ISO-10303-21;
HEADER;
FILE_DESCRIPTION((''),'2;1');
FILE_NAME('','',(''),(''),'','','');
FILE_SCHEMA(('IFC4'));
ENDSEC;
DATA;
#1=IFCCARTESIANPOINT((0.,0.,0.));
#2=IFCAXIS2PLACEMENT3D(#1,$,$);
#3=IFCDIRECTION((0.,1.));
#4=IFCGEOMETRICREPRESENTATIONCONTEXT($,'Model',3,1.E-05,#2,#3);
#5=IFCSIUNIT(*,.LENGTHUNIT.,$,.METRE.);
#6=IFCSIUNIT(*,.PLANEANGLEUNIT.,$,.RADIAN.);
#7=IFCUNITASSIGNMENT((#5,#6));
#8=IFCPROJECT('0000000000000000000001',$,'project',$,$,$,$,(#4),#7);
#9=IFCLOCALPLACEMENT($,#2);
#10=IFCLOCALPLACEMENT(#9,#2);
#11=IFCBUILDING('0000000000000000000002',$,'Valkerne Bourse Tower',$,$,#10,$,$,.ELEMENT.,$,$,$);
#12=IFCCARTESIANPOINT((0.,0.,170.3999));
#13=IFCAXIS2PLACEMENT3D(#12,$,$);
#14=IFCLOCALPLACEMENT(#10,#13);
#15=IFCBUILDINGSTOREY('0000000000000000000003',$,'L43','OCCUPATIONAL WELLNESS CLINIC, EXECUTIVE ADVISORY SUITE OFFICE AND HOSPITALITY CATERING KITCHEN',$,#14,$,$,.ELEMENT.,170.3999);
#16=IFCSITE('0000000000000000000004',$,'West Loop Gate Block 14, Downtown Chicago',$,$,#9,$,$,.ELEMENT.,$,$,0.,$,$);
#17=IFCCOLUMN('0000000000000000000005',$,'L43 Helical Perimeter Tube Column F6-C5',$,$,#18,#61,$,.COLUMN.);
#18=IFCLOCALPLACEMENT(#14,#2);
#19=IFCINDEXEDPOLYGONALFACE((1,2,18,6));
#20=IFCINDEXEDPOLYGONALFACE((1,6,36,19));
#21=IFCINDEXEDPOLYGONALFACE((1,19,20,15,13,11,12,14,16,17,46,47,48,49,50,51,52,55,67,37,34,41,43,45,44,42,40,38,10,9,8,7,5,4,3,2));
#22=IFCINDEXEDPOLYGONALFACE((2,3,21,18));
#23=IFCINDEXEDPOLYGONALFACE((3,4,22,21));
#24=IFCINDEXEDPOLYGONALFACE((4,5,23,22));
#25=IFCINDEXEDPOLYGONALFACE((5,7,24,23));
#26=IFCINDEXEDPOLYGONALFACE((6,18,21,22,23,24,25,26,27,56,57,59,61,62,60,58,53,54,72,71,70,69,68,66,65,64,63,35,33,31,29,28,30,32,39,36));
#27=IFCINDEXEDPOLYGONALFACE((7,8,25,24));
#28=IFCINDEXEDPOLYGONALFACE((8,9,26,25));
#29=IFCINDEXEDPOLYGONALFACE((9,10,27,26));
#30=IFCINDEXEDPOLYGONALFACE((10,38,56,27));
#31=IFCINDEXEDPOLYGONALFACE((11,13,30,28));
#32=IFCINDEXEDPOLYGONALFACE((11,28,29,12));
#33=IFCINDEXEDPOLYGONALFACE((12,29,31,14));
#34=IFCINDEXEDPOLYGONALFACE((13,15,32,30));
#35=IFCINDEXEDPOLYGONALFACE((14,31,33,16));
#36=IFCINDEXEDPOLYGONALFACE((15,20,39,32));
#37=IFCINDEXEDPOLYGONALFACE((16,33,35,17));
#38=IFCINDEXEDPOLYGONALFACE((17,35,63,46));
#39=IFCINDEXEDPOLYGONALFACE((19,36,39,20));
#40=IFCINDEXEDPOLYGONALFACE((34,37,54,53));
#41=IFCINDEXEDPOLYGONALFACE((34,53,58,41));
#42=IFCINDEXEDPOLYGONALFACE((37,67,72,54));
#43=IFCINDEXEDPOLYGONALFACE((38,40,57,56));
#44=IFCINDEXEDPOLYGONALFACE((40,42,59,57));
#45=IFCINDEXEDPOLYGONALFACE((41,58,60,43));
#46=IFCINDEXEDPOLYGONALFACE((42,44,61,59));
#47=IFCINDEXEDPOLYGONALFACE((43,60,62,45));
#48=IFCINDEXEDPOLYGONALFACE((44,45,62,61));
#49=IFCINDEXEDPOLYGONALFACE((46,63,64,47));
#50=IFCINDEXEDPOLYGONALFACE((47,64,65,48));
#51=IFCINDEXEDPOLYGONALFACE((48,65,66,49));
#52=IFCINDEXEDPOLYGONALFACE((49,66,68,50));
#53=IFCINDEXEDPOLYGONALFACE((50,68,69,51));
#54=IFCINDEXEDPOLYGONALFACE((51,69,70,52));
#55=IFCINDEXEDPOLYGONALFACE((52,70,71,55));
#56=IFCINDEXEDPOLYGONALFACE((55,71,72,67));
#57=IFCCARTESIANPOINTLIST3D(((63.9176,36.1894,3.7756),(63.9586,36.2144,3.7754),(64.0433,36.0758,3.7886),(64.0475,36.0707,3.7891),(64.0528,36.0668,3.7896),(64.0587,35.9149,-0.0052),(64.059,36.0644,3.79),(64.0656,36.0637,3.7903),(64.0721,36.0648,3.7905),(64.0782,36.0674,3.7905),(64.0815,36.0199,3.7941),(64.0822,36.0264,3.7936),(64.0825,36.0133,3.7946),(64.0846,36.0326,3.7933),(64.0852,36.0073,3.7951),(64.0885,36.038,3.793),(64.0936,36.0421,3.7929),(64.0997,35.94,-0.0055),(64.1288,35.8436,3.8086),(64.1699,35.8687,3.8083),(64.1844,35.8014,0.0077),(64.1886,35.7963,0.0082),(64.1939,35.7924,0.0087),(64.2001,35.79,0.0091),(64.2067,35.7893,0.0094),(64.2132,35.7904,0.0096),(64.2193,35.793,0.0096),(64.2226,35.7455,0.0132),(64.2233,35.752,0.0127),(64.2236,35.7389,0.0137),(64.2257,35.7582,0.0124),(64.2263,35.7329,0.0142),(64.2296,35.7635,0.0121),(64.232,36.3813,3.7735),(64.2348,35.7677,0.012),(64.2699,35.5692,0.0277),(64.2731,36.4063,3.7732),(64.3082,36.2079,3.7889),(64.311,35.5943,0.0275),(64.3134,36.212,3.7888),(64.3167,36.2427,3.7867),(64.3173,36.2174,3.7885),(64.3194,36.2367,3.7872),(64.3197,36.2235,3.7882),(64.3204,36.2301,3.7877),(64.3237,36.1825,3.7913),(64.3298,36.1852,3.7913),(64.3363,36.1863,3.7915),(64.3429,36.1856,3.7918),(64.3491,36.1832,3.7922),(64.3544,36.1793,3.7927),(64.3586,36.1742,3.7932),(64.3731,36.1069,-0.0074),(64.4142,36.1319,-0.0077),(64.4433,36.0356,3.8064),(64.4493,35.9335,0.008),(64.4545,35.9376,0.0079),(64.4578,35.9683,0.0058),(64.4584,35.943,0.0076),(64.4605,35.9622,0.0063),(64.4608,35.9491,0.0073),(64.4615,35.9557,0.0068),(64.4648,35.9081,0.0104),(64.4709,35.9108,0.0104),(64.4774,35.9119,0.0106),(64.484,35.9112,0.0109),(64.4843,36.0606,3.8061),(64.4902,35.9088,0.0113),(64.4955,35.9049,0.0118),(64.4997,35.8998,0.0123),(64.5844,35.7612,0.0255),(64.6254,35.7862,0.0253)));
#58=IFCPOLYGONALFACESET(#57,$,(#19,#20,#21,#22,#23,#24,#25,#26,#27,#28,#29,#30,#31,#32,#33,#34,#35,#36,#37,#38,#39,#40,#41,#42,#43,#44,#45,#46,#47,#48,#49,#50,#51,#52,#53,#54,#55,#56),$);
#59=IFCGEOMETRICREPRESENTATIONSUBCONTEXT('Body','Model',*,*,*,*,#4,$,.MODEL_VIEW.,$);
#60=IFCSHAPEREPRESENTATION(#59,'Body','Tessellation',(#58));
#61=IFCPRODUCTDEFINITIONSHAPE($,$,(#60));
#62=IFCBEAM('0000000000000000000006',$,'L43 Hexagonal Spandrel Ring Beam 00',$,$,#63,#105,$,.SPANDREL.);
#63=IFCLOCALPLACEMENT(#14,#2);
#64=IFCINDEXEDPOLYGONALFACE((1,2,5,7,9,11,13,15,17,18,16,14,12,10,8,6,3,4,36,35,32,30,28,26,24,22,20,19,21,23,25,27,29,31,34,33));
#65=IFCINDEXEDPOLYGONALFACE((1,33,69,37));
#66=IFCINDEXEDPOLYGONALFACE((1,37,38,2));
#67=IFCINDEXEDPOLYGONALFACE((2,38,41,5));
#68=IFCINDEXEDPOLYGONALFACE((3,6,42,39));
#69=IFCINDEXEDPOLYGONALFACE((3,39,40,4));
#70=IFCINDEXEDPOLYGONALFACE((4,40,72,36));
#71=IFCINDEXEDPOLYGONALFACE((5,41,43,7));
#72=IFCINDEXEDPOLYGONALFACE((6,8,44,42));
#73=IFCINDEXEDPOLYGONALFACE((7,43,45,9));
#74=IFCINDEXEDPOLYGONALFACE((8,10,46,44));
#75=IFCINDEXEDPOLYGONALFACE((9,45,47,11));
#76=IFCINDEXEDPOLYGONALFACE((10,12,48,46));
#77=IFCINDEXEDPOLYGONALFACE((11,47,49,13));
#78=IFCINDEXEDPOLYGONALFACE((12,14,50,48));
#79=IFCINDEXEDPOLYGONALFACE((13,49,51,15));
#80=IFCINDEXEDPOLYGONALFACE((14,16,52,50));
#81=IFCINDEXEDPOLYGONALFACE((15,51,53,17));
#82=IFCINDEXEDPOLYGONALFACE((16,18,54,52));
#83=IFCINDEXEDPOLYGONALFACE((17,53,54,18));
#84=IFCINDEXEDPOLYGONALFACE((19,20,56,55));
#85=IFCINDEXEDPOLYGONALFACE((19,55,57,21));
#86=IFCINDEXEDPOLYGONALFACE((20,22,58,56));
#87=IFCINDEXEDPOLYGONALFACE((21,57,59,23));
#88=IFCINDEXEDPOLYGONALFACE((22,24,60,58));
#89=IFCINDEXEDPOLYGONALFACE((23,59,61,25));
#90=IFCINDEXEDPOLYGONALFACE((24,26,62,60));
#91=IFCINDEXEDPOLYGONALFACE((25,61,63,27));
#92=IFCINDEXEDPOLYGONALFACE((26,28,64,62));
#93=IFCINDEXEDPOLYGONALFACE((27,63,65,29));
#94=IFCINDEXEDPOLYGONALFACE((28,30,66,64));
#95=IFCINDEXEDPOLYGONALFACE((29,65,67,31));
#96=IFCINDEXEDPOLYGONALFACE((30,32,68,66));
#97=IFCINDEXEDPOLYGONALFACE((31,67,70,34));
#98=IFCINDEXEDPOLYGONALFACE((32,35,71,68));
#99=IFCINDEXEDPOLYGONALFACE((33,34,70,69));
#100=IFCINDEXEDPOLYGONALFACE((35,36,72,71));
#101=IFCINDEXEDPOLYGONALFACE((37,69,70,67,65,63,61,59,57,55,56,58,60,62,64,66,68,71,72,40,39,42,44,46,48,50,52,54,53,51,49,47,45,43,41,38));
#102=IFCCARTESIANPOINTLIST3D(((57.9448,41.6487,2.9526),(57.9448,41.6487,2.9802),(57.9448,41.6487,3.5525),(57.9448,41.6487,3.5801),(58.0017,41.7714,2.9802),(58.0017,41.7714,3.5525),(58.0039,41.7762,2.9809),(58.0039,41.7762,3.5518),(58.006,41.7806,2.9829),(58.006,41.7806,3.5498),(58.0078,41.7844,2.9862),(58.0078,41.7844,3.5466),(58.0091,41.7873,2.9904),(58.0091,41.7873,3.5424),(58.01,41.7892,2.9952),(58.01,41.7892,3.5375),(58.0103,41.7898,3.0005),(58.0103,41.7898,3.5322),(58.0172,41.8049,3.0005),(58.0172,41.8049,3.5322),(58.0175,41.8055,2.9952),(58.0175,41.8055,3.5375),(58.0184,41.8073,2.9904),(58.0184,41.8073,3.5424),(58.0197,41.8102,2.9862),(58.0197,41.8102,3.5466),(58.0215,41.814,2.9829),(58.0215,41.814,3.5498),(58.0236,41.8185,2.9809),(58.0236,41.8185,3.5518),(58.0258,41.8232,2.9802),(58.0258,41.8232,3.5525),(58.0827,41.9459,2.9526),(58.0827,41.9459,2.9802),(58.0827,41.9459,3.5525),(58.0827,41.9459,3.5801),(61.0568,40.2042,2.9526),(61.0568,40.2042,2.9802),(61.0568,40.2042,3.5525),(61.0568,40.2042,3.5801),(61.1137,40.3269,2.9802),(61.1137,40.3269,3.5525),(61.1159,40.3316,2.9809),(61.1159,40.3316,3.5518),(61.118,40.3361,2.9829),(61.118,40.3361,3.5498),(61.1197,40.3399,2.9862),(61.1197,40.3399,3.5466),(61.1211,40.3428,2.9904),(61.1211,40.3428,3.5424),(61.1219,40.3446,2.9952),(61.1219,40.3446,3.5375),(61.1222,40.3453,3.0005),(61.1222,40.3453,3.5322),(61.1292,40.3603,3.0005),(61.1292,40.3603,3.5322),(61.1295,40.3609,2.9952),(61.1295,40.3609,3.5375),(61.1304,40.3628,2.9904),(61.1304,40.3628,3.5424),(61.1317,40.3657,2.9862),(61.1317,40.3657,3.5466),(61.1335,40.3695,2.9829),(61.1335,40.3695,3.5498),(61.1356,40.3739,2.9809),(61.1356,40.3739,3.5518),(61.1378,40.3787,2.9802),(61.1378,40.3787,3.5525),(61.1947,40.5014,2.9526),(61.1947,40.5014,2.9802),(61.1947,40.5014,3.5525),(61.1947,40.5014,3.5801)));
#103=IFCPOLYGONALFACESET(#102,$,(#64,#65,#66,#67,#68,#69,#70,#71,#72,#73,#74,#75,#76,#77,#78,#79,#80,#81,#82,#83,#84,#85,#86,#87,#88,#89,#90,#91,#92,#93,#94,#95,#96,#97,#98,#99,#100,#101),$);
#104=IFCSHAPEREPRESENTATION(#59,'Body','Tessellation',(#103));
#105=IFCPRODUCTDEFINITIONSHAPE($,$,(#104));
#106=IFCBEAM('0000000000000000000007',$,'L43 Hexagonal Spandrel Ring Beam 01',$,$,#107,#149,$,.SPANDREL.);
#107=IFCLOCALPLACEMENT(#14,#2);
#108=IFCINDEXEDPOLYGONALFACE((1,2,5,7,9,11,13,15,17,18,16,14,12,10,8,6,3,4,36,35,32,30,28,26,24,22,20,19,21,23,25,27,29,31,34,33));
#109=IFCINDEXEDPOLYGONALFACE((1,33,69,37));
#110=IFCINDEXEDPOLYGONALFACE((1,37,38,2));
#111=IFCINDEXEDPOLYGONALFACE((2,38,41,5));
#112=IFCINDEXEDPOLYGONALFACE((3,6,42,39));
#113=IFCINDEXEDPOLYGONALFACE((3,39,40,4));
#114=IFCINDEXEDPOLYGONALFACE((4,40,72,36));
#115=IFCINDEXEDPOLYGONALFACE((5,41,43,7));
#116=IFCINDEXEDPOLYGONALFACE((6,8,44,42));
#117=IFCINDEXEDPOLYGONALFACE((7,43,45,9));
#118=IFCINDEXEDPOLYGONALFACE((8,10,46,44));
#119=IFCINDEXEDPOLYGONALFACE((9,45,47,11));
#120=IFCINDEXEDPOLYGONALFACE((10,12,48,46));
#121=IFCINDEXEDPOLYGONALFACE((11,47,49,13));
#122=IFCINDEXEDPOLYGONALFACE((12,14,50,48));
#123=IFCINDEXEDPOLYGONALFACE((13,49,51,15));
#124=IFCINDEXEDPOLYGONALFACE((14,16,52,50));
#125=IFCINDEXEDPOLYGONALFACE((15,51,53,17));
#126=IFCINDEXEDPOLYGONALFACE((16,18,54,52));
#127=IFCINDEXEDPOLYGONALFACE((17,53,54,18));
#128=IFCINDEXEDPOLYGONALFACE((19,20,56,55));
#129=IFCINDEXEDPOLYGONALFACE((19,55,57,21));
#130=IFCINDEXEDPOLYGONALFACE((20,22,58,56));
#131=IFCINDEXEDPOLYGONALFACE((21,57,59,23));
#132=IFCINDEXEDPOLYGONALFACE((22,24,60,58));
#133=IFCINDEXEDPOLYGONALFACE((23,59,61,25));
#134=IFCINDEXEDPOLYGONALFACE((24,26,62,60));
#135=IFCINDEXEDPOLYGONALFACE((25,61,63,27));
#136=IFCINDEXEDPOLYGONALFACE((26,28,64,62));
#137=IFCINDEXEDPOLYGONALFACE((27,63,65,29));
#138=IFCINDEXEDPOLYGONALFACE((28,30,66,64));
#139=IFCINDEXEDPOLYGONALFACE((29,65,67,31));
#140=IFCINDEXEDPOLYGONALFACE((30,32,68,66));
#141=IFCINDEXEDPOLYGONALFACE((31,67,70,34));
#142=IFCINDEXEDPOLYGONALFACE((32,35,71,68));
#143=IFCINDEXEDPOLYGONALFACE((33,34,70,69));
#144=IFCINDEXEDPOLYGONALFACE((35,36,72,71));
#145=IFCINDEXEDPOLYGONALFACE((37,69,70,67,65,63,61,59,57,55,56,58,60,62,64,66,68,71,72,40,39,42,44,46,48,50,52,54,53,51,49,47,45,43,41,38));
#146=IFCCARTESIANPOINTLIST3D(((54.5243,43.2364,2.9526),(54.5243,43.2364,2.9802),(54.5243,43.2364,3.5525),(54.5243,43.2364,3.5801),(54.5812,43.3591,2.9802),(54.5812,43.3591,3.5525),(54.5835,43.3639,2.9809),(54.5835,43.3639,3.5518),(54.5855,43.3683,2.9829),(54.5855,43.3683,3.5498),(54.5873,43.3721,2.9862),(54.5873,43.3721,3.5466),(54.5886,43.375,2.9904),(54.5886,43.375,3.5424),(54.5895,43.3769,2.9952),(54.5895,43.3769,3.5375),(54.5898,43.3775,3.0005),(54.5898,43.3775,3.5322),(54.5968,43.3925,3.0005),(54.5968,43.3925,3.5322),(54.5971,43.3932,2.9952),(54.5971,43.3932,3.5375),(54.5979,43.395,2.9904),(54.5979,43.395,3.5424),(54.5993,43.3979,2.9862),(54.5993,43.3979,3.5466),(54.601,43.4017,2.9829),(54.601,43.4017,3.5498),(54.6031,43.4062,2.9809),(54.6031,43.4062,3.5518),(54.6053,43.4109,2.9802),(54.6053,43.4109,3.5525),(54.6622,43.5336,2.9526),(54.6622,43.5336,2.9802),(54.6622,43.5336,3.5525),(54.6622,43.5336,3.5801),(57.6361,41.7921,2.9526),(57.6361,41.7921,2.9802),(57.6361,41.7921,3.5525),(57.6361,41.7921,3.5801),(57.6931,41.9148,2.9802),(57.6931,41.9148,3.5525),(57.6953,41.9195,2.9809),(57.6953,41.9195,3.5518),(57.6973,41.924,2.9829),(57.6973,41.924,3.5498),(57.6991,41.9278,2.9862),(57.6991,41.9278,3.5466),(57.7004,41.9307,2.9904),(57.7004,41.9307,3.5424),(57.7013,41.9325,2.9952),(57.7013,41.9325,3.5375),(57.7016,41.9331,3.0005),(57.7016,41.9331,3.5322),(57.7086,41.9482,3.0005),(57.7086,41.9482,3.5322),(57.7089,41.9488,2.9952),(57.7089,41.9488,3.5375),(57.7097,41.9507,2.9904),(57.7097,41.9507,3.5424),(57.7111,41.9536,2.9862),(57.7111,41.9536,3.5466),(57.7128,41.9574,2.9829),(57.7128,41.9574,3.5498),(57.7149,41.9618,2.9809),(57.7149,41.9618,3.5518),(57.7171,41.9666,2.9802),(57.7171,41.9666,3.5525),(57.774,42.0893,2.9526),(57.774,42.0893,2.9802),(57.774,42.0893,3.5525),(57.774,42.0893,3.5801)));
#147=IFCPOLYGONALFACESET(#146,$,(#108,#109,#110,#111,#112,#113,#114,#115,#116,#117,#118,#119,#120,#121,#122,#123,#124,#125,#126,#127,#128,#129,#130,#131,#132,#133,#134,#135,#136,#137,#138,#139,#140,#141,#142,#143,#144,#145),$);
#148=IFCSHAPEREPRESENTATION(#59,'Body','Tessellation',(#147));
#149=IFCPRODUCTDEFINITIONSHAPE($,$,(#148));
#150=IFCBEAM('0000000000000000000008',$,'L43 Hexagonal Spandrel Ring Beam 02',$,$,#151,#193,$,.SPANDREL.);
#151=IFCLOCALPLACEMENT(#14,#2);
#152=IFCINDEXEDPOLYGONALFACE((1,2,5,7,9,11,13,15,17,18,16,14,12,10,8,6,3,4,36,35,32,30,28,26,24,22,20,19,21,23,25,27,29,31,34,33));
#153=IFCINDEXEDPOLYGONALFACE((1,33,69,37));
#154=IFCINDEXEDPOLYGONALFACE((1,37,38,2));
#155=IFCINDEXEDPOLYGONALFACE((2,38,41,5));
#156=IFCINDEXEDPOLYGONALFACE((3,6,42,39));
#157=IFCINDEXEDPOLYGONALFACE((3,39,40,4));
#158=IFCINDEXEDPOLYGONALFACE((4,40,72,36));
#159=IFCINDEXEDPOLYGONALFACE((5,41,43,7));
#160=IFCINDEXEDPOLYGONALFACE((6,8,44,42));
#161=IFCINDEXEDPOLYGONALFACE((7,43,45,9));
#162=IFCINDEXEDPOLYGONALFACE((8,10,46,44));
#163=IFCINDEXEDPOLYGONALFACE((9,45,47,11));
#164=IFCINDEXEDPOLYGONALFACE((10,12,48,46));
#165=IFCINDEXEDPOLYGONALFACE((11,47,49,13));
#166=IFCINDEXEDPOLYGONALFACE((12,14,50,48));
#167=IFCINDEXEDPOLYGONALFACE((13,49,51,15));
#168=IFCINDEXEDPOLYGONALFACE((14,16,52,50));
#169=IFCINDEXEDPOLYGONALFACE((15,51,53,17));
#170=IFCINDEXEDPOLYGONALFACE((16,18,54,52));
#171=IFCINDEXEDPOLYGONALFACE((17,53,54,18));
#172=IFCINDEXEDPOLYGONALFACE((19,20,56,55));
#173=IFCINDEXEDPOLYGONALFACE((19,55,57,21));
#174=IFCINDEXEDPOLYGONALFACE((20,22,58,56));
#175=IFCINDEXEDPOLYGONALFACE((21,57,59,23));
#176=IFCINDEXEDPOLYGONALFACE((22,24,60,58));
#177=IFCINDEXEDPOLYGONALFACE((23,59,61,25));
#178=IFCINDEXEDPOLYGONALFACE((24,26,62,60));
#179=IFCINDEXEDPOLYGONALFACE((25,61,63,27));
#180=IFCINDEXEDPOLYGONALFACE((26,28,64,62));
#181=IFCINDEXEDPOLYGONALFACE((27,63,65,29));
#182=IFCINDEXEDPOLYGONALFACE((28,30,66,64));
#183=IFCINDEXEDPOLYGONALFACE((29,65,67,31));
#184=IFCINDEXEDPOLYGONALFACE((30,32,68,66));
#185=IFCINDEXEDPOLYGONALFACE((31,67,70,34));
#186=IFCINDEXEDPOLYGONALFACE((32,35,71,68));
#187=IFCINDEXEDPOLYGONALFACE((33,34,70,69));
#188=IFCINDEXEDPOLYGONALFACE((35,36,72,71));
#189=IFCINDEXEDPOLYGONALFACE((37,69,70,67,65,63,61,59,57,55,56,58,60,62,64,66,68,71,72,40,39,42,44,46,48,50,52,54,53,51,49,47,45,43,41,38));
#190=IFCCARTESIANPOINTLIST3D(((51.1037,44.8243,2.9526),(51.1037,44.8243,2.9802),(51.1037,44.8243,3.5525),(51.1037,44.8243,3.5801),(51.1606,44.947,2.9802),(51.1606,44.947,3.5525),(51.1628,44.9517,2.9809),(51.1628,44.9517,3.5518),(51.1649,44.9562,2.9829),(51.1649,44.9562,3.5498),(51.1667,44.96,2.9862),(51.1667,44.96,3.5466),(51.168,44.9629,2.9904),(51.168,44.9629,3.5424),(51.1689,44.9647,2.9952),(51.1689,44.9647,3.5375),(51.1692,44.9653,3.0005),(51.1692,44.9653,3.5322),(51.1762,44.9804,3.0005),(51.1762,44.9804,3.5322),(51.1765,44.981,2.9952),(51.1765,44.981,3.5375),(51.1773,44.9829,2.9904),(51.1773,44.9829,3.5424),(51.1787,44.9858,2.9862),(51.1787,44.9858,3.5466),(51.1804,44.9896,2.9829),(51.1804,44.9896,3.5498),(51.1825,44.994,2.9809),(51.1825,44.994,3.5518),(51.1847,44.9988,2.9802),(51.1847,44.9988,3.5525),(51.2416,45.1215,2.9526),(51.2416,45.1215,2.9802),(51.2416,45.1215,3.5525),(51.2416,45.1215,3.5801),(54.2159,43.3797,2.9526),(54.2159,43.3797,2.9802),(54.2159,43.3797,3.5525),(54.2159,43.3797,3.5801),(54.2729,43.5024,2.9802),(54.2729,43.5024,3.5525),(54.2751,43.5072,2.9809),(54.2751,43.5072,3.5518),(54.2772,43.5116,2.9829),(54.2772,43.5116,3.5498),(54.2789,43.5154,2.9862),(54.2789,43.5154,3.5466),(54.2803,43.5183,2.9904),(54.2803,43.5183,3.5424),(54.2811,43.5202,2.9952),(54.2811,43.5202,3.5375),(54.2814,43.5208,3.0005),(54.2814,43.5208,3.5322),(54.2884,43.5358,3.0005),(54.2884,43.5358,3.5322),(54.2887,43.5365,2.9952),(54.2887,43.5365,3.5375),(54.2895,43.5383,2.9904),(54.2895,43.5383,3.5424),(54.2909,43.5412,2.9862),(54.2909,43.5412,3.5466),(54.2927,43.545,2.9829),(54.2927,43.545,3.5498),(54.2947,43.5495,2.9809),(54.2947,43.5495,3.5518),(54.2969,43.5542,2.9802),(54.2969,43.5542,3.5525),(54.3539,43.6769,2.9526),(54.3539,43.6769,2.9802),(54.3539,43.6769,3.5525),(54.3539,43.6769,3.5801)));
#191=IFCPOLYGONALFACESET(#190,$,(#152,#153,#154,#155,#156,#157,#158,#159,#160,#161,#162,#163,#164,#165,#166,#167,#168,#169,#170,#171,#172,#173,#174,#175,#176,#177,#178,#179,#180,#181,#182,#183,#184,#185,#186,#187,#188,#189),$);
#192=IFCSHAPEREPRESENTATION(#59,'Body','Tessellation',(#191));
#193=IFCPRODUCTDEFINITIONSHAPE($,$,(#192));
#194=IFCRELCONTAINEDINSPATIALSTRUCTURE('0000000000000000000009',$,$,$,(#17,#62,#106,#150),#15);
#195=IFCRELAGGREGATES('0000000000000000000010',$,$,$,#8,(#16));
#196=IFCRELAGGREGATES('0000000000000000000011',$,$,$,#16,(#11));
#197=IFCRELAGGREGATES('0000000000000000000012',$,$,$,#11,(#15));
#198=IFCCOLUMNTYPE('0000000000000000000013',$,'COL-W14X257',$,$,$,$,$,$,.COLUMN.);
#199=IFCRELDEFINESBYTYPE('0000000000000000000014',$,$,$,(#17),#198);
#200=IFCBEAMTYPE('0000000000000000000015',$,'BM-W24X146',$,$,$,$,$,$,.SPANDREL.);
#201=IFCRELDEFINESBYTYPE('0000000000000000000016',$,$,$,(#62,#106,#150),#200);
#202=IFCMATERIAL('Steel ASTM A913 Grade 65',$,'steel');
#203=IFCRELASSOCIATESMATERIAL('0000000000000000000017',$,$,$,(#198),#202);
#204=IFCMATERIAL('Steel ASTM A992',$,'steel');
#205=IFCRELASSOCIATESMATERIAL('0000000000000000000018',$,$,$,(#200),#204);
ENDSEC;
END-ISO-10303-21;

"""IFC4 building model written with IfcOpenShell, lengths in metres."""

from ifc_helpers import new_model, si_unit, direction, frame, origin, origin_2d, place, context, subcontext, project, spatial, i_section, extrude, material, material_profile, profile_set, type_object, element, save


model = new_model("IFC4")

# Units and contexts
model_context = context("Model", 3, precision=1e-05, world=origin(), true_north=direction((0.0, 1.0)))
body_context = subcontext(model_context, "Body", "Model", "MODEL_VIEW")
ifc_project = project(units=[si_unit("LENGTHUNIT", "METRE"), si_unit("PLANEANGLEUNIT", "RADIAN")], contexts=[model_context])

# Site, building, storey
site_placement = place(None, origin())
site = spatial("IfcSite", under=ifc_project, at=site_placement, Name="West Loop Gate Block 14, Downtown Chicago", CompositionType="ELEMENT", RefElevation=0.0)
building_placement = place(site_placement, origin())
building = spatial("IfcBuilding", under=site, at=building_placement, Name="Valkerne Bourse Tower", CompositionType="ELEMENT")
storey_placement = place(building_placement, frame((0.0, 0.0, 170.3999)))
storey = spatial("IfcBuildingStorey", under=building, at=storey_placement, Name="L43", Description="OCCUPATIONAL WELLNESS CLINIC, EXECUTIVE ADVISORY SUITE OFFICE AND HOSPITALITY CATERING KITCHEN", CompositionType="ELEMENT", Elevation=170.3999)

# Column
ifc_material_1 = material(Name="Steel ASTM A913 Grade 65", Category="steel")
ifc_material_profile_1 = material_profile(ifc_material_1, i_section(OverallWidth=0.4065, OverallDepth=0.4165, WebThickness=0.0298, FlangeThickness=0.0481, FilletRadius=0.0254, at=origin_2d()), Name="W14X257")
ifc_profile_set_1 = profile_set([ifc_material_profile_1], Name="Steel ASTM A913 Grade 65")
column_type = type_object("IfcColumnType", Name="COL-W14X257", PredefinedType="COLUMN", material=ifc_profile_set_1)
column_1_placement = place(storey_placement, frame((64.342, 35.8506, 0.01), z_axis=(-0.037198, 0.072337, 0.996686), x_axis=(0.519704, -0.850486, 0.081122)))
element("IfcColumn", 1, at=column_1_placement, inside=storey, type_object=column_type, Name="L43 Helical Perimeter Tube Column F6-C5", PredefinedType="COLUMN", context=body_context, shape_type="SweptSolid", body=[
    extrude(i_section(OverallWidth=0.4065, OverallDepth=0.4165, WebThickness=0.0298, FlangeThickness=0.0481, FilletRadius=0.0254, at=origin_2d()), origin(), (0.0, 0.0, 1.0), 3.7935),
])

# Beams
ifc_material_2 = material(Name="Steel ASTM A992", Category="steel")
ifc_material_profile_2 = material_profile(ifc_material_2, i_section(OverallWidth=0.3276, OverallDepth=0.6274, WebThickness=0.0166, FlangeThickness=0.0276, FilletRadius=0.0203, at=origin_2d()), Name="W24X146")
ifc_profile_set_2 = profile_set([ifc_material_profile_2], Name="Steel ASTM A992")
beam_type = type_object("IfcBeamType", Name="BM-W24X146", PredefinedType="SPANDREL", material=ifc_profile_set_2)
beam_1_placement = place(storey_placement, frame((61.1257, 40.3528, 3.2664), z_axis=(-0.907043, 0.421038, 0.0), x_axis=(-0.421038, -0.907043, 0.0)))
element("IfcBeam", 2, at=beam_1_placement, inside=storey, type_object=beam_type, Name="L43 Hexagonal Spandrel Ring Beam 00", PredefinedType="SPANDREL", context=body_context, shape_type="SweptSolid", body=[
    extrude(i_section(OverallWidth=0.3276, OverallDepth=0.6274, WebThickness=0.0166, FlangeThickness=0.0276, FilletRadius=0.0203, at=origin_2d()), origin(), (0.0, 0.0, 1.0), 3.4309),
])
beam_2_placement = place(storey_placement, frame((57.7051, 41.9407, 3.2664), z_axis=(-0.907057, 0.421007, 0.0), x_axis=(-0.421007, -0.907057, 0.0)))
element("IfcBeam", 3, at=beam_2_placement, inside=storey, type_object=beam_type, Name="L43 Hexagonal Spandrel Ring Beam 01", PredefinedType="SPANDREL", context=body_context, shape_type="SweptSolid", body=[
    extrude(i_section(OverallWidth=0.3276, OverallDepth=0.6274, WebThickness=0.0166, FlangeThickness=0.0276, FilletRadius=0.0203, at=origin_2d()), origin(), (0.0, 0.0, 1.0), 3.4307),
])
beam_3_placement = place(storey_placement, frame((54.2849, 43.5283, 3.2664), z_axis=(-0.907056, 0.421011, 0.0), x_axis=(-0.421011, -0.907056, 0.0)))
element("IfcBeam", 4, at=beam_3_placement, inside=storey, type_object=beam_type, Name="L43 Hexagonal Spandrel Ring Beam 02", PredefinedType="SPANDREL", context=body_context, shape_type="SweptSolid", body=[
    extrude(i_section(OverallWidth=0.3276, OverallDepth=0.6274, WebThickness=0.0166, FlangeThickness=0.0276, FilletRadius=0.0203, at=origin_2d()), origin(), (0.0, 0.0, 1.0), 3.4312),
])

save(model, "model.ifc")
